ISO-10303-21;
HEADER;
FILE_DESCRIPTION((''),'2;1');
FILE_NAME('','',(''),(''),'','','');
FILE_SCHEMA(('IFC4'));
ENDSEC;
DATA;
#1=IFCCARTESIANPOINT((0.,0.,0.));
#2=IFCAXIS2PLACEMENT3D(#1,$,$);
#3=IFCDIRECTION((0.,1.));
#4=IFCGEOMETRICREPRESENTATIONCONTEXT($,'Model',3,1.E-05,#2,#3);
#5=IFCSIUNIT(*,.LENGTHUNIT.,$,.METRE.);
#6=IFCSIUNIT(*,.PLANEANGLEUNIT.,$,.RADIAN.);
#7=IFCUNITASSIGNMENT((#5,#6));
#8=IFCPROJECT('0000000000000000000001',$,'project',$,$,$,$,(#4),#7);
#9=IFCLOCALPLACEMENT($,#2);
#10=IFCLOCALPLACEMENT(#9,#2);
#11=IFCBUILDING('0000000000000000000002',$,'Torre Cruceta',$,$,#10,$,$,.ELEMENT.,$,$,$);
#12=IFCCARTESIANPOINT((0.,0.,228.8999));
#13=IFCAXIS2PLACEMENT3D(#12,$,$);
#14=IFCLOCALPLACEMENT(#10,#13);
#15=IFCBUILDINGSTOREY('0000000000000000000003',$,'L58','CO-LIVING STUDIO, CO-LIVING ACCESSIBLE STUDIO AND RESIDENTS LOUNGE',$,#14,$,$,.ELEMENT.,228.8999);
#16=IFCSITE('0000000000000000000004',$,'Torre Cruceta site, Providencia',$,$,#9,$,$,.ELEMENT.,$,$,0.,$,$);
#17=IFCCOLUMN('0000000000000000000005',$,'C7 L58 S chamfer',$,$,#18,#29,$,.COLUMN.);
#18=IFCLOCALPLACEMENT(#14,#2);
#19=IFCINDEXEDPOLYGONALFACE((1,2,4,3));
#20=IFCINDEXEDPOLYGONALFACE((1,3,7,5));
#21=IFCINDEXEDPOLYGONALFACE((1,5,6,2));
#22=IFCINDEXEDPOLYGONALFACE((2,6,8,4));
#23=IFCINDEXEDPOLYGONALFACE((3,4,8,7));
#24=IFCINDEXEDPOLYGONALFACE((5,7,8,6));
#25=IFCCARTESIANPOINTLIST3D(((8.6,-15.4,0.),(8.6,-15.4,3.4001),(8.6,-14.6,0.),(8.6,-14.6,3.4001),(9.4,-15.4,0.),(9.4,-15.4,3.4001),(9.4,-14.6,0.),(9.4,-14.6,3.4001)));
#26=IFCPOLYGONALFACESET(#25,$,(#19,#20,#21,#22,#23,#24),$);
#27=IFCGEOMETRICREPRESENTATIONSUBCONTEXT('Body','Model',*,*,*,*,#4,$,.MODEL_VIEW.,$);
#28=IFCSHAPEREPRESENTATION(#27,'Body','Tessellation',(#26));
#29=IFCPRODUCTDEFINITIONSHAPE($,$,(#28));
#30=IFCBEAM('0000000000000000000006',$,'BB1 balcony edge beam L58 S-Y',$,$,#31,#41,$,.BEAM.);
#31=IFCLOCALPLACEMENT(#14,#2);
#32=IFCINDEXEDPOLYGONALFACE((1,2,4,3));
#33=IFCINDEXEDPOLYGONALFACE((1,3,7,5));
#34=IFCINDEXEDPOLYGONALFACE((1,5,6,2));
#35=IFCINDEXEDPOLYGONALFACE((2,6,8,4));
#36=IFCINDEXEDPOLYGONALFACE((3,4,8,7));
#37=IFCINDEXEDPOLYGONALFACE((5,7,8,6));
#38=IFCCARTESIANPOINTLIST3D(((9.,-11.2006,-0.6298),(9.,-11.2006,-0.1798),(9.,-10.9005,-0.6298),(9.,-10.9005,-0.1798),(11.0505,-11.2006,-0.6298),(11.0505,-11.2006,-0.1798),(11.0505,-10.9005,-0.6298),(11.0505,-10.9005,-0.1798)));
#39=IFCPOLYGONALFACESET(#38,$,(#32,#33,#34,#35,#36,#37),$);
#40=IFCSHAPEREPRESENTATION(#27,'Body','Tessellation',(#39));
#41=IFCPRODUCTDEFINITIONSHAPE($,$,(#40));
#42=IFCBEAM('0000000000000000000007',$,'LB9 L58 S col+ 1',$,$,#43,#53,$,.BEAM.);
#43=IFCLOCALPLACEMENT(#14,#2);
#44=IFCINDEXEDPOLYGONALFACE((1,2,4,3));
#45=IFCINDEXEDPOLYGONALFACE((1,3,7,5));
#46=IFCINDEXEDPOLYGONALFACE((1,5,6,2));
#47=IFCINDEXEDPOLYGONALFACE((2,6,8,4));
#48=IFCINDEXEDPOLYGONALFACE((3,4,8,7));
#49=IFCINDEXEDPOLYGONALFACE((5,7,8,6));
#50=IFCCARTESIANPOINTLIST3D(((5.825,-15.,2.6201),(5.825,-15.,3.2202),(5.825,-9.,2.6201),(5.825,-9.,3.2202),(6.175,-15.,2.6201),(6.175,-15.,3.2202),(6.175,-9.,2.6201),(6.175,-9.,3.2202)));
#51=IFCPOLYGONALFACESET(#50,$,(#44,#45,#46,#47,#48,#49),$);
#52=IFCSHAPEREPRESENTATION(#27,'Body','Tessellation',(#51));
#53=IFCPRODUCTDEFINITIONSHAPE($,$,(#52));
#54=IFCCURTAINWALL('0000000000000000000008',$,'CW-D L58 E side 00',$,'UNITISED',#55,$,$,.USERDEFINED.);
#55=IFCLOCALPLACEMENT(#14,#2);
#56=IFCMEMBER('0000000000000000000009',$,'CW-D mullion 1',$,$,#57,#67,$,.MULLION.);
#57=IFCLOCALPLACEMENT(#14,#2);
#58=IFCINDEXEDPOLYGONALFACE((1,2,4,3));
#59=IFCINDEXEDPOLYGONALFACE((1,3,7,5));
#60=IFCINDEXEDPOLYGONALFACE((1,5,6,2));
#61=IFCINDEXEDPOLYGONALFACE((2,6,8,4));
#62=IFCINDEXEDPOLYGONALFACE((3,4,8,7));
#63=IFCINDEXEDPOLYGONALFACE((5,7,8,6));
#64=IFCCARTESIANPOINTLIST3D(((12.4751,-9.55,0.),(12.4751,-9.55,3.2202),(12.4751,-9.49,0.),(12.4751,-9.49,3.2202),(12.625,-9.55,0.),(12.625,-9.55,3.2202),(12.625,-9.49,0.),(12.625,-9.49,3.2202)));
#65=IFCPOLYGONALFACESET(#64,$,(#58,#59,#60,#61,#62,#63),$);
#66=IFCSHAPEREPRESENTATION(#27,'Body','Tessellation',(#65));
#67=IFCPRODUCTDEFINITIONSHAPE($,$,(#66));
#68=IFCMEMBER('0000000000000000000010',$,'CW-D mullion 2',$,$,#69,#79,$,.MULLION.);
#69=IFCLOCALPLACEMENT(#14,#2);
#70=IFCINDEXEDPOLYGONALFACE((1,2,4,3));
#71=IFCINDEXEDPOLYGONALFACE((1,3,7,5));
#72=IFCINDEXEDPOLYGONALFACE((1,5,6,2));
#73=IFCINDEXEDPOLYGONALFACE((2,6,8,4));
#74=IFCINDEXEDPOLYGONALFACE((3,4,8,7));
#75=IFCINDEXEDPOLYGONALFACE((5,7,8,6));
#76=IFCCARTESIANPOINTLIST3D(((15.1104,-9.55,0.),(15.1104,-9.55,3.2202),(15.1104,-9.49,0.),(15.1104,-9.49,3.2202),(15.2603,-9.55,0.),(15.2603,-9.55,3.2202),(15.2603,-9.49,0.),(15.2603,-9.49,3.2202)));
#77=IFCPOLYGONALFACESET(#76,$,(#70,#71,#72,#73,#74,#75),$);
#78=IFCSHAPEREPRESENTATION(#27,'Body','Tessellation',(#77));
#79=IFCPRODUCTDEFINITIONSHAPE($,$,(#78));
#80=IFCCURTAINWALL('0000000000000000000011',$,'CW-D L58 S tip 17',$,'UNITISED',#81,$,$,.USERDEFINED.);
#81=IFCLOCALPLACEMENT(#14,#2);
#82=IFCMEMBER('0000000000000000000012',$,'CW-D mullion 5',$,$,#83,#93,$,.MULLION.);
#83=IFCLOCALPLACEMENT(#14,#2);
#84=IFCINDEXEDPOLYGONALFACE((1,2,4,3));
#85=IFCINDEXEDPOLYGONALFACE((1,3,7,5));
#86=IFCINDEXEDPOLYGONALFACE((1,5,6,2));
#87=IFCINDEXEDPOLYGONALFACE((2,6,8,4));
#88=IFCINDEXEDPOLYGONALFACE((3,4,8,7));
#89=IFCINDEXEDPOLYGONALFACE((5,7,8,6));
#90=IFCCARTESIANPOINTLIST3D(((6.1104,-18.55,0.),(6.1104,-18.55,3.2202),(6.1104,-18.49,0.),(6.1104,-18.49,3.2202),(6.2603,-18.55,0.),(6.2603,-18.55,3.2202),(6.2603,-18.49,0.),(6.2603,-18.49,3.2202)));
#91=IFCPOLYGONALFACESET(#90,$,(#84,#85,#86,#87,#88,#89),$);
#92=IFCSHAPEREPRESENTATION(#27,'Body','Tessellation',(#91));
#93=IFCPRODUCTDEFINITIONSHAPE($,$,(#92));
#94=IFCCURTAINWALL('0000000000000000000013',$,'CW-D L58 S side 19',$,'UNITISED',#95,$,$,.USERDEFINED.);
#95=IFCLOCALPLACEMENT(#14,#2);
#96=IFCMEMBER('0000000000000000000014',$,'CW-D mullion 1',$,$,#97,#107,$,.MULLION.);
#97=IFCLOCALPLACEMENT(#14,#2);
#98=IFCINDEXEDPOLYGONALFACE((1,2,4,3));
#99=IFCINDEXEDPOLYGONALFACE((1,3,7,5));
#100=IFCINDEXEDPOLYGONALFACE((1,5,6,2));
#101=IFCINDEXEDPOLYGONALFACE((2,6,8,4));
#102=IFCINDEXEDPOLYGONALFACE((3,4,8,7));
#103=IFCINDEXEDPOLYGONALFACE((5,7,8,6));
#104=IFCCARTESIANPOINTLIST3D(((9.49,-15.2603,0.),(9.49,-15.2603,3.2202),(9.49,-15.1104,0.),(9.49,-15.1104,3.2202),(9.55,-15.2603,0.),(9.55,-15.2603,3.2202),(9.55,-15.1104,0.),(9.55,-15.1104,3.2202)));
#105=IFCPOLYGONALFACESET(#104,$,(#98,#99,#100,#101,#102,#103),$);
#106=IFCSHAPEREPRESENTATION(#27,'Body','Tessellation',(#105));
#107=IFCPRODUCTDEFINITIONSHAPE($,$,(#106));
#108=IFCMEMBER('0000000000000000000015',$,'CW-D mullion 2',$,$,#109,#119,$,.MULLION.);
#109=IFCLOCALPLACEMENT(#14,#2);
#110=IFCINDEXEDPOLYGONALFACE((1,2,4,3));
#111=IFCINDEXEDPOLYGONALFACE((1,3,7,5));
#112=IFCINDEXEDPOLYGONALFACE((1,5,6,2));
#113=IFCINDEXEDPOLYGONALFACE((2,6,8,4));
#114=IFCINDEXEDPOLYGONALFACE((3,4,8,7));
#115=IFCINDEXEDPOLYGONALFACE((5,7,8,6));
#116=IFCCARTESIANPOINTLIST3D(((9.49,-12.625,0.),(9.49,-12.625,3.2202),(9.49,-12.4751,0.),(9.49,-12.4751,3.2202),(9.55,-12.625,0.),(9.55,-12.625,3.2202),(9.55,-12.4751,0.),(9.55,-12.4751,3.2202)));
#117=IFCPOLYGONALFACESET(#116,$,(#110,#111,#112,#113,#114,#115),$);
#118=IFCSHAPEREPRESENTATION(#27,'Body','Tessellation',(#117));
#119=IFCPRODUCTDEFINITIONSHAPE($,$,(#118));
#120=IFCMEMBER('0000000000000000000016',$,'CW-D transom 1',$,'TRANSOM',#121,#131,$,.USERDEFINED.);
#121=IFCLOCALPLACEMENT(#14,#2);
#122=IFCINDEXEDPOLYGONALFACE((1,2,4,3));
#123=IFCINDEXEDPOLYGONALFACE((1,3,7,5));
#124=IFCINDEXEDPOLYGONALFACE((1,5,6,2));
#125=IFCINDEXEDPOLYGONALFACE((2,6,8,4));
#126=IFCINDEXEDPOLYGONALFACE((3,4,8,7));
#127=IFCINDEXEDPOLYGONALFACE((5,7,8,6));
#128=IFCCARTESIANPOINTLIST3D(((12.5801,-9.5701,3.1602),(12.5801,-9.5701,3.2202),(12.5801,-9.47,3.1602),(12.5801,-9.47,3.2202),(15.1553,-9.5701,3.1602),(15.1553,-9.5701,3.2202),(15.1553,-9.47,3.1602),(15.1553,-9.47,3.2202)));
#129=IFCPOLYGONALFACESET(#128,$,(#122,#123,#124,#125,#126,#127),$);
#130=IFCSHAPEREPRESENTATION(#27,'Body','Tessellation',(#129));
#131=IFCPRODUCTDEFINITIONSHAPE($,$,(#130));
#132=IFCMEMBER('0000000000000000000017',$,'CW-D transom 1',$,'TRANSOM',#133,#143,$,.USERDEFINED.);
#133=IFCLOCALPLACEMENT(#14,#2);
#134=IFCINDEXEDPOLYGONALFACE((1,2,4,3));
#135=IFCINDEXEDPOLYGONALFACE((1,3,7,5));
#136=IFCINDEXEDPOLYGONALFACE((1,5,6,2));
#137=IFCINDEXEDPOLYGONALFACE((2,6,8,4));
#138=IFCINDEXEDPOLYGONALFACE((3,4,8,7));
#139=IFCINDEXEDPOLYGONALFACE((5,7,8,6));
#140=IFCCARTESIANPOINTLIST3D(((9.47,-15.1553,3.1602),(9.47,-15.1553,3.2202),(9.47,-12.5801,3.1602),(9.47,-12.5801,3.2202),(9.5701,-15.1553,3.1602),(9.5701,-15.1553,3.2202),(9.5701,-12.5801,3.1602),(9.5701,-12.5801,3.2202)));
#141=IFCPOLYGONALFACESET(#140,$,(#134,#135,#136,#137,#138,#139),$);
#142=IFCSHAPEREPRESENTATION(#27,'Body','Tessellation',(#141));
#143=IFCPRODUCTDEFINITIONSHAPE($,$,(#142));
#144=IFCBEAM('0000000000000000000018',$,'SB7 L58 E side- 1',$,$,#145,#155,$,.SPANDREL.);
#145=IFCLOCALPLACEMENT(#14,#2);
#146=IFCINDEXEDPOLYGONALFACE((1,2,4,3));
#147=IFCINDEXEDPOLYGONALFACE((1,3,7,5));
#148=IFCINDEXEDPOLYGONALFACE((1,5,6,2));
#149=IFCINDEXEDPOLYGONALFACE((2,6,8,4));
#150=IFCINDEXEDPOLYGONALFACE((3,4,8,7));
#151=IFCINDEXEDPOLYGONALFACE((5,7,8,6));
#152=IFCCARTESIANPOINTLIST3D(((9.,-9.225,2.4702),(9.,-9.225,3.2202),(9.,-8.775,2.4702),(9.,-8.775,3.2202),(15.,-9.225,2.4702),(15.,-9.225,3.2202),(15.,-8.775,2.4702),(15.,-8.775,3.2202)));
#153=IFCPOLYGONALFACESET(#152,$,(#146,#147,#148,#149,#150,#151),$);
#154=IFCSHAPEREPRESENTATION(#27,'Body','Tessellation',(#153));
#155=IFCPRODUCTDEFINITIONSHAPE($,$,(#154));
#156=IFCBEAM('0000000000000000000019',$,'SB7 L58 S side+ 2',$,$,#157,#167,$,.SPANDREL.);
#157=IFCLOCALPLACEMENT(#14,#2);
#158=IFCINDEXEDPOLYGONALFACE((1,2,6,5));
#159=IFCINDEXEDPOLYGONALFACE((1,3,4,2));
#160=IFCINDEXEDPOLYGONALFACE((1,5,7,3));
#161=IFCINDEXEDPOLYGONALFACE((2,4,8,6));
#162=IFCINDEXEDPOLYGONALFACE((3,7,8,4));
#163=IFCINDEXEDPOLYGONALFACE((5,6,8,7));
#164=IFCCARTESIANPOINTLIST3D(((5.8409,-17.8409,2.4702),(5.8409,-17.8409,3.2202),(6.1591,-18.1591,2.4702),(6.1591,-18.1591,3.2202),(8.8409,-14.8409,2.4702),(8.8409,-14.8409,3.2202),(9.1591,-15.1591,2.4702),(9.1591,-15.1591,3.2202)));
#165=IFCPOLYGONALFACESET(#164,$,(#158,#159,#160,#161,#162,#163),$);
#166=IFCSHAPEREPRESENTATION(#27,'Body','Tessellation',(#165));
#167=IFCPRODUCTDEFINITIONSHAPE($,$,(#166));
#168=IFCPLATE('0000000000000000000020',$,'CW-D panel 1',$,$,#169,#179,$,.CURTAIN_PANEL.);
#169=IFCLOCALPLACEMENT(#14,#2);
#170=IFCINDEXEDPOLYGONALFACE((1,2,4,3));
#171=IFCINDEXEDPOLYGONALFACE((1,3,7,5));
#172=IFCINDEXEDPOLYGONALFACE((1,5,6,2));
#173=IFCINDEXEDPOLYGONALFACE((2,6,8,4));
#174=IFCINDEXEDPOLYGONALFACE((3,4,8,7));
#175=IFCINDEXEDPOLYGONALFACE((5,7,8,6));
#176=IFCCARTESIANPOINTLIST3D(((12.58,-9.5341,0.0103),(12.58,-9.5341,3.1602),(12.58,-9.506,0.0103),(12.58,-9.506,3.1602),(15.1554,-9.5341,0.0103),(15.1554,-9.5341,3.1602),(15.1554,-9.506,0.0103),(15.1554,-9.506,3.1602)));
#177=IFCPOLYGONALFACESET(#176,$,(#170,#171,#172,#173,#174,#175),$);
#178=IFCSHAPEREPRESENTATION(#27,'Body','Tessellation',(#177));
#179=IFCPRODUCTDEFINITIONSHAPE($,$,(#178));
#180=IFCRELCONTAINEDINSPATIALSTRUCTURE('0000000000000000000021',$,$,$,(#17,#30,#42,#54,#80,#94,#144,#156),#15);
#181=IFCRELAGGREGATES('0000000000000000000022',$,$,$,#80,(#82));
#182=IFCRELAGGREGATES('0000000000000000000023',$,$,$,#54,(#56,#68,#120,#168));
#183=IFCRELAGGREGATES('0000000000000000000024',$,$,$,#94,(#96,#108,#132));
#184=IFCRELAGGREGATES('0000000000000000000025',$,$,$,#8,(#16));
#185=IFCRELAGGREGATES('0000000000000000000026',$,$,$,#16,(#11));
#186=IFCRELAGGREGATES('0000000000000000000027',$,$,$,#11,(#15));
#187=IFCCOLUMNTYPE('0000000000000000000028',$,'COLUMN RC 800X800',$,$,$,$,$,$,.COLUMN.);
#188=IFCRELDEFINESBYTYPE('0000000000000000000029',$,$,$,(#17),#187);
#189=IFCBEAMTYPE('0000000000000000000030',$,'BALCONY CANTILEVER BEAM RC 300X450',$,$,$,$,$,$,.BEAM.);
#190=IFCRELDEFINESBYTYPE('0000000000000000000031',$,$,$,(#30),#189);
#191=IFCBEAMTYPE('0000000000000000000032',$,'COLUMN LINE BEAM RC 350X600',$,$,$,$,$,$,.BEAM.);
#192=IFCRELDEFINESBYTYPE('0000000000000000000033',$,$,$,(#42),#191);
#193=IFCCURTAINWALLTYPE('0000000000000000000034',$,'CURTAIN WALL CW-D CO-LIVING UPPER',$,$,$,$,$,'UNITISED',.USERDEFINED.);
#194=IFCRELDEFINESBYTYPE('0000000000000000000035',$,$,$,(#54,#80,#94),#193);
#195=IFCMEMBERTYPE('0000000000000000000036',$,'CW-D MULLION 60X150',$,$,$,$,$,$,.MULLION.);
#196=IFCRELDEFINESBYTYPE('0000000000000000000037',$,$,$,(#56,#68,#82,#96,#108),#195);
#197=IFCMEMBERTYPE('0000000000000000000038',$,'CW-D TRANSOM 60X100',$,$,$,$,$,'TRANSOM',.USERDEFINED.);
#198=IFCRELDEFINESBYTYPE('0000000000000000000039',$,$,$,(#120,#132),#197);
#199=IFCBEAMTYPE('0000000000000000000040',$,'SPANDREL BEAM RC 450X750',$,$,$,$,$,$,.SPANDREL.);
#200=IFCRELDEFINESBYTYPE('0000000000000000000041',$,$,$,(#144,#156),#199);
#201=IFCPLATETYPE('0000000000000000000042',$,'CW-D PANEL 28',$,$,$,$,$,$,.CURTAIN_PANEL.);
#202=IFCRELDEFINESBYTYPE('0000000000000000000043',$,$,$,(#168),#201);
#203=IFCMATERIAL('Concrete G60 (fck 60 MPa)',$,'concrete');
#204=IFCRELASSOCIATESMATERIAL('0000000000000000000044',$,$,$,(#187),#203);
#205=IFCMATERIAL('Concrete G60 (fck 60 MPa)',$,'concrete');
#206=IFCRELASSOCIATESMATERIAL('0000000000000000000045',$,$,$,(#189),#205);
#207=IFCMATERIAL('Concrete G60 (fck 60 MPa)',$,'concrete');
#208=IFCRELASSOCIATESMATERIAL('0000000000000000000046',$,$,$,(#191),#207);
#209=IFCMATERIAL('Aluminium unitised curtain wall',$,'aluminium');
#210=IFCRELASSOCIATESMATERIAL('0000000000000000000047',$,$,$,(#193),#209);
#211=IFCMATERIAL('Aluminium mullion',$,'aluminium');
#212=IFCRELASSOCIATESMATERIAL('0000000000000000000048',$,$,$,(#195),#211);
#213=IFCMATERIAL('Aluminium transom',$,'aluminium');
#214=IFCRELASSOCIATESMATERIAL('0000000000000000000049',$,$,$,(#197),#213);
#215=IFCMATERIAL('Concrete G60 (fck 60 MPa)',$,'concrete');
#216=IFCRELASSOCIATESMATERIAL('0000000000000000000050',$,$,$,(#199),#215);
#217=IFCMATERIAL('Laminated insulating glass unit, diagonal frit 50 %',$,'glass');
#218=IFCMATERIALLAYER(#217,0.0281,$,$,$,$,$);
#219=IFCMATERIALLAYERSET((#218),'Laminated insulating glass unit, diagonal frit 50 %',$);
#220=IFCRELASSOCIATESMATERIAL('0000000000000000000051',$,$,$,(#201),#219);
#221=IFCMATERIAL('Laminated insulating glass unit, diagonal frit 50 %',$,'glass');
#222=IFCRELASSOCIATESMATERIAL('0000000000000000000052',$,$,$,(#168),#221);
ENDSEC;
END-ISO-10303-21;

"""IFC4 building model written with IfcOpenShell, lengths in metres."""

from ifc_helpers import new_model, si_unit, direction, frame, origin, origin_2d, place, context, subcontext, project, spatial, rectangle, extrude, material, layer, layer_set, material_profile, profile_set, type_object, element, aggregate, save


model = new_model("IFC4")

# Units and contexts
model_context = context("Model", 3, precision=1e-05, world=origin(), true_north=direction((0.0, 1.0)))
body_context = subcontext(model_context, "Body", "Model", "MODEL_VIEW")
ifc_project = project(units=[si_unit("LENGTHUNIT", "METRE"), si_unit("PLANEANGLEUNIT", "RADIAN")], contexts=[model_context])

# Site, building, storey
site_placement = place(None, origin())
site = spatial("IfcSite", under=ifc_project, at=site_placement, Name="Torre Cruceta site, Providencia", CompositionType="ELEMENT", RefElevation=0.0)
building_placement = place(site_placement, origin())
building = spatial("IfcBuilding", under=site, at=building_placement, Name="Torre Cruceta", CompositionType="ELEMENT")
storey_placement = place(building_placement, frame((0.0, 0.0, 228.8999)))
storey = spatial("IfcBuildingStorey", under=building, at=storey_placement, Name="L58", Description="CO-LIVING STUDIO, CO-LIVING ACCESSIBLE STUDIO AND RESIDENTS LOUNGE", CompositionType="ELEMENT", Elevation=228.8999)

# Column
ifc_material_1 = material(Name="Concrete G60 (fck 60 MPa)", Category="concrete")
ifc_material_profile_1 = material_profile(ifc_material_1, rectangle(XDim=0.8, YDim=0.8, at=origin_2d()), Name="RC 800X800")
ifc_profile_set_1 = profile_set([ifc_material_profile_1], Name="Concrete G60 (fck 60 MPa)")
column_type = type_object("IfcColumnType", Name="COLUMN RC 800X800", PredefinedType="COLUMN", material=ifc_profile_set_1)
column_placement = place(storey_placement, frame((9.0, -15.0, 0.0), z_axis=(0.0, 0.0, 1.0), x_axis=(1.0, 0.0, 0.0)))
element("IfcColumn", 1, at=column_placement, inside=storey, type_object=column_type, Name="C7 L58 S chamfer", PredefinedType="COLUMN", context=body_context, shape_type="SweptSolid", body=[
    extrude(rectangle(XDim=0.8, YDim=0.8, at=origin_2d()), origin(), (0.0, 0.0, 1.0), 3.4001),
])

# Beams
ifc_material_2 = material(Name="Concrete G60 (fck 60 MPa)", Category="concrete")
ifc_material_profile_2 = material_profile(ifc_material_2, rectangle(XDim=0.3, YDim=0.45, at=origin_2d()), Name="RC 300X450")
ifc_profile_set_2 = profile_set([ifc_material_profile_2], Name="Concrete G60 (fck 60 MPa)")
beam_type_1 = type_object("IfcBeamType", Name="BALCONY CANTILEVER BEAM RC 300X450", PredefinedType="BEAM", material=ifc_profile_set_2)
beam_1_placement = place(storey_placement, frame((9.0, -11.0505, -0.4048), z_axis=(1.0, 0.0, 0.0), x_axis=(0.0, 1.0, 0.0)))
element("IfcBeam", 2, at=beam_1_placement, inside=storey, type_object=beam_type_1, Name="BB1 balcony edge beam L58 S-Y", PredefinedType="BEAM", context=body_context, shape_type="SweptSolid", body=[
    extrude(rectangle(XDim=0.3, YDim=0.45, at=origin_2d()), origin(), (0.0, 0.0, 1.0), 2.0505),
])
ifc_material_3 = material(Name="Concrete G60 (fck 60 MPa)", Category="concrete")
ifc_material_profile_3 = material_profile(ifc_material_3, rectangle(XDim=0.3501, YDim=0.6001, at=origin_2d()), Name="RC 350X600")
ifc_profile_set_3 = profile_set([ifc_material_profile_3], Name="Concrete G60 (fck 60 MPa)")
beam_type_2 = type_object("IfcBeamType", Name="COLUMN LINE BEAM RC 350X600", PredefinedType="BEAM", material=ifc_profile_set_3)
beam_2_placement = place(storey_placement, frame((6.0, -9.0, 2.9202), z_axis=(0.0, -1.0, 0.0), x_axis=(1.0, 0.0, 0.0)))
element("IfcBeam", 3, at=beam_2_placement, inside=storey, type_object=beam_type_2, Name="LB9 L58 S col+ 1", PredefinedType="BEAM", context=body_context, shape_type="SweptSolid", body=[
    extrude(rectangle(XDim=0.3501, YDim=0.6001, at=origin_2d()), origin(), (0.0, 0.0, 1.0), 6.0),
])

# Curtain wall, members
ifc_material_4 = material(Name="Aluminium unitised curtain wall", Category="aluminium")
curtain_wall_type = type_object("IfcCurtainWallType", Name="CURTAIN WALL CW-D CO-LIVING UPPER", ElementType="UNITISED", PredefinedType="USERDEFINED", material=ifc_material_4)
curtain_wall_1_placement = place(storey_placement, origin())
curtain_wall_1 = element("IfcCurtainWall", 4, at=curtain_wall_1_placement, inside=storey, type_object=curtain_wall_type, Name="CW-D L58 E side 00", ObjectType="UNITISED", PredefinedType="USERDEFINED")
ifc_material_5 = material(Name="Aluminium mullion", Category="aluminium")
ifc_material_profile_4 = material_profile(ifc_material_5, rectangle(XDim=0.0601, YDim=0.1499, at=origin_2d()), Name="AL 60X150")
ifc_profile_set_4 = profile_set([ifc_material_profile_4], Name="Aluminium mullion")
member_type_1 = type_object("IfcMemberType", Name="CW-D MULLION 60X150", PredefinedType="MULLION", material=ifc_profile_set_4)
member_1_placement = place(storey_placement, frame((12.55, -9.52, 0.0), z_axis=(0.0, 0.0, 1.0), x_axis=(0.0, 1.0, 0.0)))
member_1 = element("IfcMember", 5, at=member_1_placement, type_object=member_type_1, Name="CW-D mullion 1", PredefinedType="MULLION", context=body_context, shape_type="SweptSolid", body=[
    extrude(rectangle(XDim=0.0601, YDim=0.1499, at=origin_2d()), origin(), (0.0, 0.0, 1.0), 3.2202),
])
member_2_placement = place(storey_placement, frame((15.1853, -9.52, 0.0), z_axis=(0.0, 0.0, 1.0), x_axis=(0.0, 1.0, 0.0)))
member_2 = element("IfcMember", 6, at=member_2_placement, type_object=member_type_1, Name="CW-D mullion 2", PredefinedType="MULLION", context=body_context, shape_type="SweptSolid", body=[
    extrude(rectangle(XDim=0.0601, YDim=0.1499, at=origin_2d()), origin(), (0.0, 0.0, 1.0), 3.2202),
])

# Curtain wall, member
curtain_wall_2_placement = place(storey_placement, origin())
curtain_wall_2 = element("IfcCurtainWall", 7, at=curtain_wall_2_placement, inside=storey, type_object=curtain_wall_type, Name="CW-D L58 S tip 17", ObjectType="UNITISED", PredefinedType="USERDEFINED")
member_3_placement = place(storey_placement, frame((6.1853, -18.52, 0.0), z_axis=(0.0, 0.0, 1.0), x_axis=(0.0, 1.0, 0.0)))
member_3 = element("IfcMember", 8, at=member_3_placement, type_object=member_type_1, Name="CW-D mullion 5", PredefinedType="MULLION", context=body_context, shape_type="SweptSolid", body=[
    extrude(rectangle(XDim=0.0601, YDim=0.1499, at=origin_2d()), origin(), (0.0, 0.0, 1.0), 3.2202),
])
aggregate(curtain_wall_2, [member_3])

# Curtain wall, members
curtain_wall_3_placement = place(storey_placement, origin())
curtain_wall_3 = element("IfcCurtainWall", 9, at=curtain_wall_3_placement, inside=storey, type_object=curtain_wall_type, Name="CW-D L58 S side 19", ObjectType="UNITISED", PredefinedType="USERDEFINED")
member_4_placement = place(storey_placement, frame((9.52, -15.1853, 0.0), z_axis=(0.0, 0.0, 1.0), x_axis=(-1.0, 0.0, 0.0)))
member_4 = element("IfcMember", 10, at=member_4_placement, type_object=member_type_1, Name="CW-D mullion 1", PredefinedType="MULLION", context=body_context, shape_type="SweptSolid", body=[
    extrude(rectangle(XDim=0.0601, YDim=0.1499, at=origin_2d()), origin(), (0.0, 0.0, 1.0), 3.2202),
])
member_5_placement = place(storey_placement, frame((9.52, -12.55, 0.0), z_axis=(0.0, 0.0, 1.0), x_axis=(-1.0, 0.0, 0.0)))
member_5 = element("IfcMember", 11, at=member_5_placement, type_object=member_type_1, Name="CW-D mullion 2", PredefinedType="MULLION", context=body_context, shape_type="SweptSolid", body=[
    extrude(rectangle(XDim=0.0601, YDim=0.1499, at=origin_2d()), origin(), (0.0, 0.0, 1.0), 3.2202),
])

# Members
ifc_material_6 = material(Name="Aluminium transom", Category="aluminium")
ifc_material_profile_5 = material_profile(ifc_material_6, rectangle(XDim=0.1001, YDim=0.0601, at=origin_2d()), Name="AL 100X60")
ifc_profile_set_5 = profile_set([ifc_material_profile_5], Name="Aluminium transom")
member_type_2 = type_object("IfcMemberType", Name="CW-D TRANSOM 60X100", ElementType="TRANSOM", PredefinedType="USERDEFINED", material=ifc_profile_set_5)
member_6_placement = place(storey_placement, frame((12.5801, -9.52, 3.1902), z_axis=(1.0, 0.0, 0.0), x_axis=(0.0, 1.0, 0.0)))
member_6 = element("IfcMember", 12, at=member_6_placement, type_object=member_type_2, Name="CW-D transom 1", ObjectType="TRANSOM", PredefinedType="USERDEFINED", context=body_context, shape_type="SweptSolid", body=[
    extrude(rectangle(XDim=0.1001, YDim=0.0601, at=origin_2d()), origin(), (0.0, 0.0, 1.0), 2.5752),
])
member_7_placement = place(storey_placement, frame((9.52, -15.1553, 3.1902), z_axis=(0.0, 1.0, 0.0), x_axis=(-1.0, 0.0, 0.0)))
member_7 = element("IfcMember", 13, at=member_7_placement, type_object=member_type_2, Name="CW-D transom 1", ObjectType="TRANSOM", PredefinedType="USERDEFINED", context=body_context, shape_type="SweptSolid", body=[
    extrude(rectangle(XDim=0.1001, YDim=0.0601, at=origin_2d()), origin(), (0.0, 0.0, 1.0), 2.5752),
])

# Beams
ifc_material_7 = material(Name="Concrete G60 (fck 60 MPa)", Category="concrete")
ifc_material_profile_6 = material_profile(ifc_material_7, rectangle(XDim=0.45, YDim=0.75, at=origin_2d()), Name="RC 450X750")
ifc_profile_set_6 = profile_set([ifc_material_profile_6], Name="Concrete G60 (fck 60 MPa)")
beam_type_3 = type_object("IfcBeamType", Name="SPANDREL BEAM RC 450X750", PredefinedType="SPANDREL", material=ifc_profile_set_6)
beam_3_placement = place(storey_placement, frame((9.0, -9.0, 2.8452), z_axis=(1.0, 0.0, 0.0), x_axis=(0.0, 1.0, 0.0)))
element("IfcBeam", 14, at=beam_3_placement, inside=storey, type_object=beam_type_3, Name="SB7 L58 E side- 1", PredefinedType="SPANDREL", context=body_context, shape_type="SweptSolid", body=[
    extrude(rectangle(XDim=0.45, YDim=0.75, at=origin_2d()), origin(), (0.0, 0.0, 1.0), 6.0),
])
beam_4_placement = place(storey_placement, frame((9.0, -15.0, 2.8452), z_axis=(-0.707107, -0.707107, 0.0), x_axis=(0.707107, -0.707107, 0.0)))
element("IfcBeam", 15, at=beam_4_placement, inside=storey, type_object=beam_type_3, Name="SB7 L58 S side+ 2", PredefinedType="SPANDREL", context=body_context, shape_type="SweptSolid", body=[
    extrude(rectangle(XDim=0.45, YDim=0.75, at=origin_2d()), origin(), (0.0, 0.0, 1.0), 4.2427),
])

# Plate
ifc_material_8 = material(Name="Laminated insulating glass unit, diagonal frit 50 %", Category="glass")
ifc_material_9 = material(Name="Laminated insulating glass unit, diagonal frit 50 %", Category="glass")
ifc_layer_1 = layer(ifc_material_9, 0.0281)
ifc_layer_set_1 = layer_set([ifc_layer_1], Name="Laminated insulating glass unit, diagonal frit 50 %")
plate_type = type_object("IfcPlateType", Name="CW-D PANEL 28", PredefinedType="CURTAIN_PANEL", material=ifc_layer_set_1)
plate_1_placement = place(storey_placement, frame((13.8677, -9.52, 0.0103), z_axis=(0.0, 0.0, 1.0), x_axis=(1.0, 0.0, 0.0)))
plate_1 = element("IfcPlate", 16, at=plate_1_placement, type_object=plate_type, material=ifc_material_8, Name="CW-D panel 1", PredefinedType="CURTAIN_PANEL", context=body_context, shape_type="SweptSolid", body=[
    extrude(rectangle(XDim=2.5754, YDim=0.0281, at=origin_2d()), origin(), (0.0, 0.0, 1.0), 3.1499),
])
aggregate(curtain_wall_1, [member_1, member_2, member_6, plate_1])
aggregate(curtain_wall_3, [member_4, member_5, member_7])

save(model, "model.ifc")
